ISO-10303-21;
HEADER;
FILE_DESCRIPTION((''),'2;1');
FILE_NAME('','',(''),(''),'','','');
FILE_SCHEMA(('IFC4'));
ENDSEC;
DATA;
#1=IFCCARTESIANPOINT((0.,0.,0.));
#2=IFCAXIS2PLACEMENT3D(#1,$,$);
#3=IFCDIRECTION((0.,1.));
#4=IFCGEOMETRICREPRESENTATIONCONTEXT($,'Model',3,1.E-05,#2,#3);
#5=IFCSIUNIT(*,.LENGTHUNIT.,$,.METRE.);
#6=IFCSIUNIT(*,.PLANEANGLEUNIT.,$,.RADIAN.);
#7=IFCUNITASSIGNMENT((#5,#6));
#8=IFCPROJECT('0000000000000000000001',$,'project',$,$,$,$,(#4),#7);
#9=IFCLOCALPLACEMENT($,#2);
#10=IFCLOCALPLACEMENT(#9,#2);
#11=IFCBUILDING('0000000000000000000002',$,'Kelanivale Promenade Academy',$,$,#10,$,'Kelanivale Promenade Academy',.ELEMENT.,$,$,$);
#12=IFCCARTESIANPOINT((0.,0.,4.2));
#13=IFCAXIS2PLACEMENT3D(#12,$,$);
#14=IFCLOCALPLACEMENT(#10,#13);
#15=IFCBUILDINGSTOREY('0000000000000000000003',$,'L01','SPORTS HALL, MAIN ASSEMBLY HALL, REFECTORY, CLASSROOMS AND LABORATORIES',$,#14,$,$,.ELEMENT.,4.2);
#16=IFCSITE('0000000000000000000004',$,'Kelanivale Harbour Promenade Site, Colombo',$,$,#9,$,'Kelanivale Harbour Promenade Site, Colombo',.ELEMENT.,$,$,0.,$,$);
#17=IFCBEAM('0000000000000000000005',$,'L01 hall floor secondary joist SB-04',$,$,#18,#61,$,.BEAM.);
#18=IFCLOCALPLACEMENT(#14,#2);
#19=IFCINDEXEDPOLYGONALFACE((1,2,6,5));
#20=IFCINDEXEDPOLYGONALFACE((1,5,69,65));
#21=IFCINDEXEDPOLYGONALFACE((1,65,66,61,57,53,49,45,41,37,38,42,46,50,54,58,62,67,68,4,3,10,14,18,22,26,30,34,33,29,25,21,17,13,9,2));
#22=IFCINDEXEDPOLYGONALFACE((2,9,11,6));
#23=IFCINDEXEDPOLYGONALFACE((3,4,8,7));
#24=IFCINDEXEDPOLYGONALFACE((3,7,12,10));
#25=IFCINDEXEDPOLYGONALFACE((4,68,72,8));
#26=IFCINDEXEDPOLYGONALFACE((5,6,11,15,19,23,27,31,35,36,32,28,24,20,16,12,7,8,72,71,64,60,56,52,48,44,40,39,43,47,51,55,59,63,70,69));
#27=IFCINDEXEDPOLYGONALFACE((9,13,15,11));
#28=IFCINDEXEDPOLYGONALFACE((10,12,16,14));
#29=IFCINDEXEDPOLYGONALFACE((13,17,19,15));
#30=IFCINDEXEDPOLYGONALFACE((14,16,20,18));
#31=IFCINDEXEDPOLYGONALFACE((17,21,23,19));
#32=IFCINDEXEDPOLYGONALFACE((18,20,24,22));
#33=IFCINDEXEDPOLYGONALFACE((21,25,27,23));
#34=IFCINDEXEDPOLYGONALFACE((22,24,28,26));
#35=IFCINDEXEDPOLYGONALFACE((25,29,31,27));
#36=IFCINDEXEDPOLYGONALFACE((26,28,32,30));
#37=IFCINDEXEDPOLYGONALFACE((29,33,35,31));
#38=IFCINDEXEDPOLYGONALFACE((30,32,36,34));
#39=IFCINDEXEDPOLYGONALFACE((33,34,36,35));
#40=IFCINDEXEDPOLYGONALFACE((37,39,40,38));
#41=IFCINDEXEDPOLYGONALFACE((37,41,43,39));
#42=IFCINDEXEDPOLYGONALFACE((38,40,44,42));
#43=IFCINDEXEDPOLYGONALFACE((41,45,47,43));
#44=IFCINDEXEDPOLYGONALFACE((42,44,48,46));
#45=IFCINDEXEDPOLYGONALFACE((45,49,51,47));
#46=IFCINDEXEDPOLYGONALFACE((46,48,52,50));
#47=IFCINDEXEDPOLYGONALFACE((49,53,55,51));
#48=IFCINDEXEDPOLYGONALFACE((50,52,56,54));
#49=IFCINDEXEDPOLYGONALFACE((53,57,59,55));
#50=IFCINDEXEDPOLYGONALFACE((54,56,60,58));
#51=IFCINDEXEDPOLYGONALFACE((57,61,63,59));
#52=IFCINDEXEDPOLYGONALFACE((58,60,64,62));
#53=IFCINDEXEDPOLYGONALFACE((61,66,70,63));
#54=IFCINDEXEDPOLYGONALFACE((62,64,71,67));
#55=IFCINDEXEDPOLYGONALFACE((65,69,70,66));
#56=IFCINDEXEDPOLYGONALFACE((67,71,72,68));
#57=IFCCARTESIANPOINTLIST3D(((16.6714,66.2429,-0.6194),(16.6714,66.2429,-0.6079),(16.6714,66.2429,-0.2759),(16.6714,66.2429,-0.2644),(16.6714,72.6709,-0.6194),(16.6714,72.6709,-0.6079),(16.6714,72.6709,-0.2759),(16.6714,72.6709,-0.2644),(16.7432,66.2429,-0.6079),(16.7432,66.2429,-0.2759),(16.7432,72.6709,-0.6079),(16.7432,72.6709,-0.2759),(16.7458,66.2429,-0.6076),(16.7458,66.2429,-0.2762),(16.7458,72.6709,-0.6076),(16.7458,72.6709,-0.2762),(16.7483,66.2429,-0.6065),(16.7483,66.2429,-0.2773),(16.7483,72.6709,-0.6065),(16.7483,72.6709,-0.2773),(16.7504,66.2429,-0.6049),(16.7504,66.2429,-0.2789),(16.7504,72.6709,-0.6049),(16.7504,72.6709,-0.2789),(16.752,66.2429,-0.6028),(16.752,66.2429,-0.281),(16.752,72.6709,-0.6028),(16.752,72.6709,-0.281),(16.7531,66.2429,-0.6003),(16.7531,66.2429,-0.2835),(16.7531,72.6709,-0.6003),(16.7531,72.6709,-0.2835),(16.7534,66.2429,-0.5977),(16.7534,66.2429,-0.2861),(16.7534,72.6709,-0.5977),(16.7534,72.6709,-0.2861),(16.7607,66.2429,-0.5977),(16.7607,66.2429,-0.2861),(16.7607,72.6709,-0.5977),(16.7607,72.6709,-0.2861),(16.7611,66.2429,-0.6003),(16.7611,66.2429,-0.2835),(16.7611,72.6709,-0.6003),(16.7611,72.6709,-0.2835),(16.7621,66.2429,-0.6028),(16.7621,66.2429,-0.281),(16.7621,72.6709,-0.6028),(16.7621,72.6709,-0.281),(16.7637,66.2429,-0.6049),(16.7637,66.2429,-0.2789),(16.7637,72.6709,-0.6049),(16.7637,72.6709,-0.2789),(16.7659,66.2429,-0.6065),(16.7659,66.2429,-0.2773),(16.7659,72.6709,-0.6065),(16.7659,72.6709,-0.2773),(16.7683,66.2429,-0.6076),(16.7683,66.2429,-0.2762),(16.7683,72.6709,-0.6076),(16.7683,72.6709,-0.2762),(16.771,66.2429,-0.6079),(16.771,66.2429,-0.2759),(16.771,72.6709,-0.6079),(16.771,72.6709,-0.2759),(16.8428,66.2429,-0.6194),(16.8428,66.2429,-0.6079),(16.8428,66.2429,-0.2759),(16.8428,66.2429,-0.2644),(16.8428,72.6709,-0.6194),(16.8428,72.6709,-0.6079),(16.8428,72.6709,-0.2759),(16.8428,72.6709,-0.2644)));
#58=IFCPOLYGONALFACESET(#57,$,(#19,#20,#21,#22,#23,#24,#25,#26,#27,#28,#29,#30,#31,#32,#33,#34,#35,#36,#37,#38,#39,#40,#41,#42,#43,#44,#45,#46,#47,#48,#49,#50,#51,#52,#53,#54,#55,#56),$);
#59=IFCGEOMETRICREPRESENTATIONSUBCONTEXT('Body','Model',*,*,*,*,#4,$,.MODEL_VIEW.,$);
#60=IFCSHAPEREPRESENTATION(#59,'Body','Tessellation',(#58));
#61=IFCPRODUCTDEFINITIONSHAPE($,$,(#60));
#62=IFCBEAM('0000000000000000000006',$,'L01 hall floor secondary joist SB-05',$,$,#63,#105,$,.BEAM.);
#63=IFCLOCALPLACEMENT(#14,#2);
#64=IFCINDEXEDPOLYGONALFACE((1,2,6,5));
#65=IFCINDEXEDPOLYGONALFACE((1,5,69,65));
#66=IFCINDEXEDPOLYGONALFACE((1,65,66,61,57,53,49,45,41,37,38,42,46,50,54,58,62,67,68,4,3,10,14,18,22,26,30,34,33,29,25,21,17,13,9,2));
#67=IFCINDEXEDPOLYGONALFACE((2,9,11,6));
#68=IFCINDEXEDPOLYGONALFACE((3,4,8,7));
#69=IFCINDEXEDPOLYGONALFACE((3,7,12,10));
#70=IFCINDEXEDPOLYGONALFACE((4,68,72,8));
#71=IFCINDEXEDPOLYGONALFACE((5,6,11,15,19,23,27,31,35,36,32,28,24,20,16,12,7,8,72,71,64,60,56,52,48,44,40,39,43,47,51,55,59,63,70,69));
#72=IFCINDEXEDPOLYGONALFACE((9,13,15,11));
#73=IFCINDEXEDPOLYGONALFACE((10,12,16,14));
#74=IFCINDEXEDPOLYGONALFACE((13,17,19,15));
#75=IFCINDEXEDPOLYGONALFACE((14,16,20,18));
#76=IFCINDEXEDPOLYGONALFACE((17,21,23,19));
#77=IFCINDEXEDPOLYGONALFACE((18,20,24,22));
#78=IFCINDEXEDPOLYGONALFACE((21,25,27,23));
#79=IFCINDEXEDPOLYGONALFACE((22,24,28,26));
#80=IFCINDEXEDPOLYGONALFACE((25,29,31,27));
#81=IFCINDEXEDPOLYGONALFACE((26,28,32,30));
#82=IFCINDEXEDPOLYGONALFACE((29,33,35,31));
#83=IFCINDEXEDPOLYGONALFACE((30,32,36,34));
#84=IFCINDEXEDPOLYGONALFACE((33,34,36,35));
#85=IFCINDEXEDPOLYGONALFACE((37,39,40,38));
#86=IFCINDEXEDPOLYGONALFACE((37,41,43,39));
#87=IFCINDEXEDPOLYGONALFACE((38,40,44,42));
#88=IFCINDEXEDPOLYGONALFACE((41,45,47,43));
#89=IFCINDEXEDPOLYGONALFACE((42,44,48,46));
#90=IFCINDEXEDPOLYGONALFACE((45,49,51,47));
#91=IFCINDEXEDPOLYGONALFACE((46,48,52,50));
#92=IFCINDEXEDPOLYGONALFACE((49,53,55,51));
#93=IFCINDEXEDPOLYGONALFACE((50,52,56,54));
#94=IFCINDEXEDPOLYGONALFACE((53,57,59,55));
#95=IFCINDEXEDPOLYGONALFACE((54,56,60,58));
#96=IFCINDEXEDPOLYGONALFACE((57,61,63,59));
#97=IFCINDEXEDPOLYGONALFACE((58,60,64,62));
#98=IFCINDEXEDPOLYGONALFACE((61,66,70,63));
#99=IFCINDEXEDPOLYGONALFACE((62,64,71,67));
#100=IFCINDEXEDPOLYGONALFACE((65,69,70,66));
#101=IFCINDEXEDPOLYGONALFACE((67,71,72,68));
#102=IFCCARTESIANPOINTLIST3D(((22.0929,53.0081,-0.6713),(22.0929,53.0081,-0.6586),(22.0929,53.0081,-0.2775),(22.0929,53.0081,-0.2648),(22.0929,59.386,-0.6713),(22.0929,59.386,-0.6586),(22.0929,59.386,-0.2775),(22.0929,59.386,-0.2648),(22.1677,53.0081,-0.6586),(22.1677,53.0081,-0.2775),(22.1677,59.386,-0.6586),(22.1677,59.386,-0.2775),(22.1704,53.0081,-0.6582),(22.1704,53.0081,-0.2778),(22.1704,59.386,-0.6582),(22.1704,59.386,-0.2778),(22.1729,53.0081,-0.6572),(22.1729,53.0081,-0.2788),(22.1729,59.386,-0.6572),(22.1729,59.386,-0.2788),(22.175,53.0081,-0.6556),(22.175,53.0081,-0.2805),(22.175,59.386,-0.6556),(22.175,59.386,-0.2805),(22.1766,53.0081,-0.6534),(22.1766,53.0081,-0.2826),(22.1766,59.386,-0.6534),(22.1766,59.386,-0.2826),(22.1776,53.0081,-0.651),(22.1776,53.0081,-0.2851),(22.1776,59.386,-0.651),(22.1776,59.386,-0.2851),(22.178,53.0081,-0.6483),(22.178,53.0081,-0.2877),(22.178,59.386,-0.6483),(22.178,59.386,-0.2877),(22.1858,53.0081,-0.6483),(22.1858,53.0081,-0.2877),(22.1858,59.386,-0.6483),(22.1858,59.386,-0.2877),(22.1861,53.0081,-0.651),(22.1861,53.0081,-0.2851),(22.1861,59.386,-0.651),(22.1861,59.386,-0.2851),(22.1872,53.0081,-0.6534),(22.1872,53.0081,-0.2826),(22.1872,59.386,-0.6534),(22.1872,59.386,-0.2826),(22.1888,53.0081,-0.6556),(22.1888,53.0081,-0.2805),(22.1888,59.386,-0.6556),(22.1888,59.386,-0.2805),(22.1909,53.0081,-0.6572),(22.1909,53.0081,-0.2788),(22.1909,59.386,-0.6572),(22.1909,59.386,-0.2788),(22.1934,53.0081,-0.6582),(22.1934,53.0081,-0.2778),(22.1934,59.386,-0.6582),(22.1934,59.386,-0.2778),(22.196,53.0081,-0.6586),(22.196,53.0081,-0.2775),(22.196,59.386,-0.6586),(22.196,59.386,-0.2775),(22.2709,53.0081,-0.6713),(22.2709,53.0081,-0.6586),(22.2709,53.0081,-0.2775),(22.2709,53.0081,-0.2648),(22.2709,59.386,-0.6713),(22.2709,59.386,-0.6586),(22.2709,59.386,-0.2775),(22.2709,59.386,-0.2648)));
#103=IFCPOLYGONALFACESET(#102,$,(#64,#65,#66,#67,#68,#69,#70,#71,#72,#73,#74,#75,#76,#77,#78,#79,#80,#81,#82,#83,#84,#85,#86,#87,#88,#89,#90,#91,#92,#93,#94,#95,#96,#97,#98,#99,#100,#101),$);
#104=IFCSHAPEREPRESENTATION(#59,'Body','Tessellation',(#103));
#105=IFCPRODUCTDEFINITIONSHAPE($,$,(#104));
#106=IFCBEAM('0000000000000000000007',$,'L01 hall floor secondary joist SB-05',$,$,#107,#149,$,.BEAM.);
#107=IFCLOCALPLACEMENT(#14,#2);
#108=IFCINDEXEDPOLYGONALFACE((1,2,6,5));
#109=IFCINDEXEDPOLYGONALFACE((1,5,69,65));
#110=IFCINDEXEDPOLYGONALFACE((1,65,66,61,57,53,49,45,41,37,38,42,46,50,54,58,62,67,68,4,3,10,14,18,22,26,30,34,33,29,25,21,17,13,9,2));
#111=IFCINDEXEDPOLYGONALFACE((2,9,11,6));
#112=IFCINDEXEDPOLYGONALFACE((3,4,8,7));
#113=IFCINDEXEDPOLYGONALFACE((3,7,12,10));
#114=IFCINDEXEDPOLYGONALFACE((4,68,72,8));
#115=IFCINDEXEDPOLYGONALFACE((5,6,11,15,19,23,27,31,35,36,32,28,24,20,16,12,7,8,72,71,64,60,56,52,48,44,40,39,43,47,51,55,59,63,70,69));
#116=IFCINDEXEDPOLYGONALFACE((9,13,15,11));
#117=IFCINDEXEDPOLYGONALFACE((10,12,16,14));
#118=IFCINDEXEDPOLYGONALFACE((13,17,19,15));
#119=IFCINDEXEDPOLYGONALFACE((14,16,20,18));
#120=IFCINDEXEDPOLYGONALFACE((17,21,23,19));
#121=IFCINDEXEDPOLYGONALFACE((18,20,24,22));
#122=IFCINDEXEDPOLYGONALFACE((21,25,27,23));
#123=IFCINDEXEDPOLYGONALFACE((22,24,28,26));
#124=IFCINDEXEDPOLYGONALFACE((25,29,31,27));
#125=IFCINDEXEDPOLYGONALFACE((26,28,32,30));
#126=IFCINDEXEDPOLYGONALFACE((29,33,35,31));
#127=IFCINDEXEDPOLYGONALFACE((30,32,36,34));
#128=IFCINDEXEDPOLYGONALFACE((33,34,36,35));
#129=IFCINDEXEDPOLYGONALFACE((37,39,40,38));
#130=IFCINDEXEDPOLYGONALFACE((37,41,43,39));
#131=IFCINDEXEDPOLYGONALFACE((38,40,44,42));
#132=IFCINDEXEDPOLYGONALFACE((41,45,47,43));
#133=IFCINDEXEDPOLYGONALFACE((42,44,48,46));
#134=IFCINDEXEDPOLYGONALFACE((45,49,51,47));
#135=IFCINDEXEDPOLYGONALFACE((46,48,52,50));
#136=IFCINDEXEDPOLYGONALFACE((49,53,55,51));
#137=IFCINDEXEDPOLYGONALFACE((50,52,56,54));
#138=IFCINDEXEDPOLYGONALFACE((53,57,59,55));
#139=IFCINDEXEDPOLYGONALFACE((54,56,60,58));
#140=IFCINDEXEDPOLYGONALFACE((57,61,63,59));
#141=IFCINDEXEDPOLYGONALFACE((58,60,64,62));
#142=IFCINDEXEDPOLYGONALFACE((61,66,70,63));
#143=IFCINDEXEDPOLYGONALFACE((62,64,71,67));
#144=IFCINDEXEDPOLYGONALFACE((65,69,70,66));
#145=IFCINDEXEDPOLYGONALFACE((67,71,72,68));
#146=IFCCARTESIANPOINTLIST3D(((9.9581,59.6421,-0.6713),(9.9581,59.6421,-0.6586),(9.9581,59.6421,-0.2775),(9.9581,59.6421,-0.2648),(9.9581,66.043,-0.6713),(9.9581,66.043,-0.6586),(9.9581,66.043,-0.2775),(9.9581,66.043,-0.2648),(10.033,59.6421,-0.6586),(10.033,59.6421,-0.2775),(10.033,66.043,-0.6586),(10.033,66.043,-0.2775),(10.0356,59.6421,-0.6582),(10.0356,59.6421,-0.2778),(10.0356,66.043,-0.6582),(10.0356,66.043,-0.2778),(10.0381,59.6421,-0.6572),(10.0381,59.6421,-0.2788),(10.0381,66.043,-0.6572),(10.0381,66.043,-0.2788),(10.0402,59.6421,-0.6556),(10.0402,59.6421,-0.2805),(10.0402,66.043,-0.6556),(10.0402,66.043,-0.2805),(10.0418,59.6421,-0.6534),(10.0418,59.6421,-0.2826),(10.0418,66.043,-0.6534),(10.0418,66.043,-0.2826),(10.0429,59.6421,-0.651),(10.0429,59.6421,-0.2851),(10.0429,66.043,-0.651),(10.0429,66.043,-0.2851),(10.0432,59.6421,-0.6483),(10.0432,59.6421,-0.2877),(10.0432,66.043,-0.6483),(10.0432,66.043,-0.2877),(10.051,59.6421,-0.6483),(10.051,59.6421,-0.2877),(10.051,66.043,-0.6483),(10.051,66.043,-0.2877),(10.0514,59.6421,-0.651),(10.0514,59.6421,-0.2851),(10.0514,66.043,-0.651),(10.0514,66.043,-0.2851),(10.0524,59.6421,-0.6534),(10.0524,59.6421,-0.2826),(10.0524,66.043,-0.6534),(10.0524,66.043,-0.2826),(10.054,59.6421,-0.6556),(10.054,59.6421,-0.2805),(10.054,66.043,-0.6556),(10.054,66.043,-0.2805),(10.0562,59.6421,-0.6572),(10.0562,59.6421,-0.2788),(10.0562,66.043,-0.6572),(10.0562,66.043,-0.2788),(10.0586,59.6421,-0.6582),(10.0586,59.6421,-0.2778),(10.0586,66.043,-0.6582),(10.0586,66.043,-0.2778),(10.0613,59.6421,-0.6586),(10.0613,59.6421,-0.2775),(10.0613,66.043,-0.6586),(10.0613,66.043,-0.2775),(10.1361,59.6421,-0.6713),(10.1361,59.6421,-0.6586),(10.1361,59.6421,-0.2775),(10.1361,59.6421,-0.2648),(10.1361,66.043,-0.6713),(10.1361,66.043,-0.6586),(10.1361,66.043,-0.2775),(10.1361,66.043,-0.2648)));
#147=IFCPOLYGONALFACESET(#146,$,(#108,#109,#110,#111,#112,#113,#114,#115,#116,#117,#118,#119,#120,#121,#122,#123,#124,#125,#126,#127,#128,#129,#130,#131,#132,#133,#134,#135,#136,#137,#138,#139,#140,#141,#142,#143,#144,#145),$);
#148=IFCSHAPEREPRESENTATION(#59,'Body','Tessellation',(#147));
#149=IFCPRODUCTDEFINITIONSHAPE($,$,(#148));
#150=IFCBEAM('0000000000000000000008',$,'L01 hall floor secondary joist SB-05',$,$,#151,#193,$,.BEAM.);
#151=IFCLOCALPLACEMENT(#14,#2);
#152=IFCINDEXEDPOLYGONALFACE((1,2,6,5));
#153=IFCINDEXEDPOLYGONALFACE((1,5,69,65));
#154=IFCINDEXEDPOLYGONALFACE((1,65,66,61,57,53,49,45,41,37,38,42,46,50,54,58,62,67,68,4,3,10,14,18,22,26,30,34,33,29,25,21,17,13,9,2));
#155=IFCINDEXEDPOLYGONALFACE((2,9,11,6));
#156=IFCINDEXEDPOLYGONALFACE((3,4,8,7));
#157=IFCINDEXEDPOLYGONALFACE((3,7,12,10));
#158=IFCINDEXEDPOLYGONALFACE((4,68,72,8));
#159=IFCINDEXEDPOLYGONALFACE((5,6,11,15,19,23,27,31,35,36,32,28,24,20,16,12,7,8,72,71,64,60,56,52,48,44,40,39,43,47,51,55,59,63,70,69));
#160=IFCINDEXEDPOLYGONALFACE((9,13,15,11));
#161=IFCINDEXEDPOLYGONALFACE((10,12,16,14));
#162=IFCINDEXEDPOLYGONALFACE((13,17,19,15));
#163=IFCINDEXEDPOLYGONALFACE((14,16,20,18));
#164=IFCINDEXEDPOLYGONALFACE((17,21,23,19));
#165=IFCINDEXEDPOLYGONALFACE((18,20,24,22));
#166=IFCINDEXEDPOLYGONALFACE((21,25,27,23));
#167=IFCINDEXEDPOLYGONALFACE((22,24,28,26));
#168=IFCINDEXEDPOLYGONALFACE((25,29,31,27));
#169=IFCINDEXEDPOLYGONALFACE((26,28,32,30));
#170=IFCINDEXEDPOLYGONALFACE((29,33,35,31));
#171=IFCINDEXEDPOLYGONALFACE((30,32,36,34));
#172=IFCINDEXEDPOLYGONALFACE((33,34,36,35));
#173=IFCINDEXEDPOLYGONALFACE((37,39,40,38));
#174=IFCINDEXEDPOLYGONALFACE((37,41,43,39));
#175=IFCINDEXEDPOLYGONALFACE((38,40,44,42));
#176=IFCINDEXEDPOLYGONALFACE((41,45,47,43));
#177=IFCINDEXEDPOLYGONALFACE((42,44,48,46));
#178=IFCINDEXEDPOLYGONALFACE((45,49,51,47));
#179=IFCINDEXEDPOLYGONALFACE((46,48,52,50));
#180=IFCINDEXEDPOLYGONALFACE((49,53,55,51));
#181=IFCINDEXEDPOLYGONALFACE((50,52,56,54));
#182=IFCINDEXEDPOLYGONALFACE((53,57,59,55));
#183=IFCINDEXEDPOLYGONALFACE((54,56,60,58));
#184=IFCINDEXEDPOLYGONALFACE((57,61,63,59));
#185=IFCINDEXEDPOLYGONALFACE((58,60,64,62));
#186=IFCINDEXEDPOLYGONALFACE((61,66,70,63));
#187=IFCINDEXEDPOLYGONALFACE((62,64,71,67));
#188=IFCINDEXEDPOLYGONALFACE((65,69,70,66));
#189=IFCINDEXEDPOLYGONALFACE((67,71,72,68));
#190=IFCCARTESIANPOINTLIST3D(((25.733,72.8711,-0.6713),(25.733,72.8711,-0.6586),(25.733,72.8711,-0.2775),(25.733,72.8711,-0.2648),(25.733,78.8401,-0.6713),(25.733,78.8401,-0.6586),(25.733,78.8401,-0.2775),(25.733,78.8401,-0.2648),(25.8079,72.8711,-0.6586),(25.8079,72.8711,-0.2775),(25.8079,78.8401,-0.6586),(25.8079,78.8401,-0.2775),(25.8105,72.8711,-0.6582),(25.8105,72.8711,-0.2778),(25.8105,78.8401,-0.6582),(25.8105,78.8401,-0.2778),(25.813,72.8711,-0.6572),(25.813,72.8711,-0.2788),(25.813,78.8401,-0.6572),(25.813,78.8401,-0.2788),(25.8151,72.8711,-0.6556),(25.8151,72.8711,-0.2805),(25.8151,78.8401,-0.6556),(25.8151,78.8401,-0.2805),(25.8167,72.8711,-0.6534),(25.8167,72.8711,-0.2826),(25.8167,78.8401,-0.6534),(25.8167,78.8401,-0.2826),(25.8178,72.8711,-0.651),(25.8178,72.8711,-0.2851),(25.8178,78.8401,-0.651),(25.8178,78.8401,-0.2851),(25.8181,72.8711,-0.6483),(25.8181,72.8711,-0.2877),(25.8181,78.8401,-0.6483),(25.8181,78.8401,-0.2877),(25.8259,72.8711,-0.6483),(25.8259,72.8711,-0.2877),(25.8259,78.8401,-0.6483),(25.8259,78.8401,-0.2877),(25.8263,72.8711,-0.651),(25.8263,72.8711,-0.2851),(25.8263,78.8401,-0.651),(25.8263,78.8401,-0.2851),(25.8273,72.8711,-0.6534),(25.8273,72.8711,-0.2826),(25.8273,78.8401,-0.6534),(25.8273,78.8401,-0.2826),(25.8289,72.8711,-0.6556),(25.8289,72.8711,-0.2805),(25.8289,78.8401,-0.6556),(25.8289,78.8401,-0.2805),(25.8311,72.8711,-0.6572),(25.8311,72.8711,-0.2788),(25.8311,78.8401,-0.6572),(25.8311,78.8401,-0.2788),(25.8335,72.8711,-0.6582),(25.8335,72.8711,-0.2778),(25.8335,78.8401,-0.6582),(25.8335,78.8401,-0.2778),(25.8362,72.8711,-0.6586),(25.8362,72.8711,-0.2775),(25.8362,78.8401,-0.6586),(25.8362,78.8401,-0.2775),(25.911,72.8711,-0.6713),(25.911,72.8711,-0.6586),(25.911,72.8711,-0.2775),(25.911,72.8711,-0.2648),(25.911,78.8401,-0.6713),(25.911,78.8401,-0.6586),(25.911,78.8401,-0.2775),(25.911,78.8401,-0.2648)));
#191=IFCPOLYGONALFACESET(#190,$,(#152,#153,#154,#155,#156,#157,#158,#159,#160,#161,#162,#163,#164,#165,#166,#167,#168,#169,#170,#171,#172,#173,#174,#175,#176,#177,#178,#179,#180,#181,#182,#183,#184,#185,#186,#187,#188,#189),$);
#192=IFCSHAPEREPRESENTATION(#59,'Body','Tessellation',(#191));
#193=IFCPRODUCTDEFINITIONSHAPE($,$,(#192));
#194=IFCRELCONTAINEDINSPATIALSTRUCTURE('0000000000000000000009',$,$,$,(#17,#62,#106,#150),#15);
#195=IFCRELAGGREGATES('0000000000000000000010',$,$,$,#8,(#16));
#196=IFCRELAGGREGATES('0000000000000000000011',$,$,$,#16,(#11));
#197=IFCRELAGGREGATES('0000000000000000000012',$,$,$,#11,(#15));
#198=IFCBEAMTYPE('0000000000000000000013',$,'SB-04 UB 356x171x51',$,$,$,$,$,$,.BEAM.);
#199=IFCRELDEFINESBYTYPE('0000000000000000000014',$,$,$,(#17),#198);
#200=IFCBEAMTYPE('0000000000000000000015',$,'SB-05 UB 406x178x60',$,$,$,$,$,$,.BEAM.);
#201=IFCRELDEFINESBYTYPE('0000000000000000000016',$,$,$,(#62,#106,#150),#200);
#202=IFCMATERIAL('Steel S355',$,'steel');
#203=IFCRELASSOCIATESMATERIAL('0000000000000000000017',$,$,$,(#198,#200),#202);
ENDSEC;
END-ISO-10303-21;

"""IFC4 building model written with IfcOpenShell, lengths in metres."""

from ifc_helpers import new_model, si_unit, direction, frame, origin, origin_2d, place, context, subcontext, project, spatial, i_section, extrude, material, material_profile, profile_set, type_object, element, save


model = new_model("IFC4")

# Units and contexts
model_context = context("Model", 3, precision=1e-05, world=origin(), true_north=direction((0.0, 1.0)))
body_context = subcontext(model_context, "Body", "Model", "MODEL_VIEW")
ifc_project = project(units=[si_unit("LENGTHUNIT", "METRE"), si_unit("PLANEANGLEUNIT", "RADIAN")], contexts=[model_context])

# Site, building, storey
site_placement = place(None, origin())
site = spatial("IfcSite", under=ifc_project, at=site_placement, Name="Kelanivale Harbour Promenade Site, Colombo", LongName="Kelanivale Harbour Promenade Site, Colombo", CompositionType="ELEMENT", RefElevation=0.0)
building_placement = place(site_placement, origin())
building = spatial("IfcBuilding", under=site, at=building_placement, Name="Kelanivale Promenade Academy", LongName="Kelanivale Promenade Academy", CompositionType="ELEMENT")
storey_placement = place(building_placement, frame((0.0, 0.0, 4.2)))
storey = spatial("IfcBuildingStorey", under=building, at=storey_placement, Name="L01", Description="SPORTS HALL, MAIN ASSEMBLY HALL, REFECTORY, CLASSROOMS AND LABORATORIES", CompositionType="ELEMENT", Elevation=4.2)

# Shared definitions
ifc_material_1 = material(Name="Steel S355", Category="steel")

# Beams
ifc_material_profile_1 = material_profile(ifc_material_1, i_section(OverallWidth=0.1714, OverallDepth=0.355, WebThickness=0.0073, FlangeThickness=0.0115, FilletRadius=0.0103, at=origin_2d()), Name="UB 356x171x51")
ifc_profile_set_1 = profile_set([ifc_material_profile_1], Name="Steel S355")
beam_type_1 = type_object("IfcBeamType", Name="SB-04 UB 356x171x51", PredefinedType="BEAM", material=ifc_profile_set_1)
beam_1_placement = place(storey_placement, frame((16.7571, 66.2429, -0.4419), z_axis=(0.0, 1.0, 0.0), x_axis=(-1.0, 0.0, 0.0)))
element("IfcBeam", 1, at=beam_1_placement, inside=storey, type_object=beam_type_1, Name="L01 hall floor secondary joist SB-04", PredefinedType="BEAM", context=body_context, shape_type="SweptSolid", body=[
    extrude(i_section(OverallWidth=0.1714, OverallDepth=0.355, WebThickness=0.0073, FlangeThickness=0.0115, FilletRadius=0.0103, at=origin_2d()), origin(), (0.0, 0.0, 1.0), 6.428),
])
ifc_material_profile_2 = material_profile(ifc_material_1, i_section(OverallWidth=0.178, OverallDepth=0.4065, WebThickness=0.0078, FlangeThickness=0.0127, FilletRadius=0.0103, at=origin_2d()), Name="UB 406x178x60")
ifc_profile_set_2 = profile_set([ifc_material_profile_2], Name="Steel S355")
beam_type_2 = type_object("IfcBeamType", Name="SB-05 UB 406x178x60", PredefinedType="BEAM", material=ifc_profile_set_2)
beam_2_placement = place(storey_placement, frame((22.1819, 53.0081, -0.468), z_axis=(0.0, 1.0, 0.0), x_axis=(-1.0, 0.0, 0.0)))
element("IfcBeam", 2, at=beam_2_placement, inside=storey, type_object=beam_type_2, Name="L01 hall floor secondary joist SB-05", PredefinedType="BEAM", context=body_context, shape_type="SweptSolid", body=[
    extrude(i_section(OverallWidth=0.178, OverallDepth=0.4065, WebThickness=0.0078, FlangeThickness=0.0127, FilletRadius=0.0103, at=origin_2d()), origin(), (0.0, 0.0, 1.0), 6.3779),
])
beam_3_placement = place(storey_placement, frame((10.0471, 59.6421, -0.468), z_axis=(0.0, 1.0, 0.0), x_axis=(-1.0, 0.0, 0.0)))
element("IfcBeam", 3, at=beam_3_placement, inside=storey, type_object=beam_type_2, Name="L01 hall floor secondary joist SB-05", PredefinedType="BEAM", context=body_context, shape_type="SweptSolid", body=[
    extrude(i_section(OverallWidth=0.178, OverallDepth=0.4065, WebThickness=0.0078, FlangeThickness=0.0127, FilletRadius=0.0103, at=origin_2d()), origin(), (0.0, 0.0, 1.0), 6.4009),
])
beam_4_placement = place(storey_placement, frame((25.822, 72.8711, -0.468), z_axis=(0.0, 1.0, 0.0), x_axis=(-1.0, 0.0, 0.0)))
element("IfcBeam", 4, at=beam_4_placement, inside=storey, type_object=beam_type_2, Name="L01 hall floor secondary joist SB-05", PredefinedType="BEAM", context=body_context, shape_type="SweptSolid", body=[
    extrude(i_section(OverallWidth=0.178, OverallDepth=0.4065, WebThickness=0.0078, FlangeThickness=0.0127, FilletRadius=0.0103, at=origin_2d()), origin(), (0.0, 0.0, 1.0), 5.969),
])

save(model, "model.ifc")
